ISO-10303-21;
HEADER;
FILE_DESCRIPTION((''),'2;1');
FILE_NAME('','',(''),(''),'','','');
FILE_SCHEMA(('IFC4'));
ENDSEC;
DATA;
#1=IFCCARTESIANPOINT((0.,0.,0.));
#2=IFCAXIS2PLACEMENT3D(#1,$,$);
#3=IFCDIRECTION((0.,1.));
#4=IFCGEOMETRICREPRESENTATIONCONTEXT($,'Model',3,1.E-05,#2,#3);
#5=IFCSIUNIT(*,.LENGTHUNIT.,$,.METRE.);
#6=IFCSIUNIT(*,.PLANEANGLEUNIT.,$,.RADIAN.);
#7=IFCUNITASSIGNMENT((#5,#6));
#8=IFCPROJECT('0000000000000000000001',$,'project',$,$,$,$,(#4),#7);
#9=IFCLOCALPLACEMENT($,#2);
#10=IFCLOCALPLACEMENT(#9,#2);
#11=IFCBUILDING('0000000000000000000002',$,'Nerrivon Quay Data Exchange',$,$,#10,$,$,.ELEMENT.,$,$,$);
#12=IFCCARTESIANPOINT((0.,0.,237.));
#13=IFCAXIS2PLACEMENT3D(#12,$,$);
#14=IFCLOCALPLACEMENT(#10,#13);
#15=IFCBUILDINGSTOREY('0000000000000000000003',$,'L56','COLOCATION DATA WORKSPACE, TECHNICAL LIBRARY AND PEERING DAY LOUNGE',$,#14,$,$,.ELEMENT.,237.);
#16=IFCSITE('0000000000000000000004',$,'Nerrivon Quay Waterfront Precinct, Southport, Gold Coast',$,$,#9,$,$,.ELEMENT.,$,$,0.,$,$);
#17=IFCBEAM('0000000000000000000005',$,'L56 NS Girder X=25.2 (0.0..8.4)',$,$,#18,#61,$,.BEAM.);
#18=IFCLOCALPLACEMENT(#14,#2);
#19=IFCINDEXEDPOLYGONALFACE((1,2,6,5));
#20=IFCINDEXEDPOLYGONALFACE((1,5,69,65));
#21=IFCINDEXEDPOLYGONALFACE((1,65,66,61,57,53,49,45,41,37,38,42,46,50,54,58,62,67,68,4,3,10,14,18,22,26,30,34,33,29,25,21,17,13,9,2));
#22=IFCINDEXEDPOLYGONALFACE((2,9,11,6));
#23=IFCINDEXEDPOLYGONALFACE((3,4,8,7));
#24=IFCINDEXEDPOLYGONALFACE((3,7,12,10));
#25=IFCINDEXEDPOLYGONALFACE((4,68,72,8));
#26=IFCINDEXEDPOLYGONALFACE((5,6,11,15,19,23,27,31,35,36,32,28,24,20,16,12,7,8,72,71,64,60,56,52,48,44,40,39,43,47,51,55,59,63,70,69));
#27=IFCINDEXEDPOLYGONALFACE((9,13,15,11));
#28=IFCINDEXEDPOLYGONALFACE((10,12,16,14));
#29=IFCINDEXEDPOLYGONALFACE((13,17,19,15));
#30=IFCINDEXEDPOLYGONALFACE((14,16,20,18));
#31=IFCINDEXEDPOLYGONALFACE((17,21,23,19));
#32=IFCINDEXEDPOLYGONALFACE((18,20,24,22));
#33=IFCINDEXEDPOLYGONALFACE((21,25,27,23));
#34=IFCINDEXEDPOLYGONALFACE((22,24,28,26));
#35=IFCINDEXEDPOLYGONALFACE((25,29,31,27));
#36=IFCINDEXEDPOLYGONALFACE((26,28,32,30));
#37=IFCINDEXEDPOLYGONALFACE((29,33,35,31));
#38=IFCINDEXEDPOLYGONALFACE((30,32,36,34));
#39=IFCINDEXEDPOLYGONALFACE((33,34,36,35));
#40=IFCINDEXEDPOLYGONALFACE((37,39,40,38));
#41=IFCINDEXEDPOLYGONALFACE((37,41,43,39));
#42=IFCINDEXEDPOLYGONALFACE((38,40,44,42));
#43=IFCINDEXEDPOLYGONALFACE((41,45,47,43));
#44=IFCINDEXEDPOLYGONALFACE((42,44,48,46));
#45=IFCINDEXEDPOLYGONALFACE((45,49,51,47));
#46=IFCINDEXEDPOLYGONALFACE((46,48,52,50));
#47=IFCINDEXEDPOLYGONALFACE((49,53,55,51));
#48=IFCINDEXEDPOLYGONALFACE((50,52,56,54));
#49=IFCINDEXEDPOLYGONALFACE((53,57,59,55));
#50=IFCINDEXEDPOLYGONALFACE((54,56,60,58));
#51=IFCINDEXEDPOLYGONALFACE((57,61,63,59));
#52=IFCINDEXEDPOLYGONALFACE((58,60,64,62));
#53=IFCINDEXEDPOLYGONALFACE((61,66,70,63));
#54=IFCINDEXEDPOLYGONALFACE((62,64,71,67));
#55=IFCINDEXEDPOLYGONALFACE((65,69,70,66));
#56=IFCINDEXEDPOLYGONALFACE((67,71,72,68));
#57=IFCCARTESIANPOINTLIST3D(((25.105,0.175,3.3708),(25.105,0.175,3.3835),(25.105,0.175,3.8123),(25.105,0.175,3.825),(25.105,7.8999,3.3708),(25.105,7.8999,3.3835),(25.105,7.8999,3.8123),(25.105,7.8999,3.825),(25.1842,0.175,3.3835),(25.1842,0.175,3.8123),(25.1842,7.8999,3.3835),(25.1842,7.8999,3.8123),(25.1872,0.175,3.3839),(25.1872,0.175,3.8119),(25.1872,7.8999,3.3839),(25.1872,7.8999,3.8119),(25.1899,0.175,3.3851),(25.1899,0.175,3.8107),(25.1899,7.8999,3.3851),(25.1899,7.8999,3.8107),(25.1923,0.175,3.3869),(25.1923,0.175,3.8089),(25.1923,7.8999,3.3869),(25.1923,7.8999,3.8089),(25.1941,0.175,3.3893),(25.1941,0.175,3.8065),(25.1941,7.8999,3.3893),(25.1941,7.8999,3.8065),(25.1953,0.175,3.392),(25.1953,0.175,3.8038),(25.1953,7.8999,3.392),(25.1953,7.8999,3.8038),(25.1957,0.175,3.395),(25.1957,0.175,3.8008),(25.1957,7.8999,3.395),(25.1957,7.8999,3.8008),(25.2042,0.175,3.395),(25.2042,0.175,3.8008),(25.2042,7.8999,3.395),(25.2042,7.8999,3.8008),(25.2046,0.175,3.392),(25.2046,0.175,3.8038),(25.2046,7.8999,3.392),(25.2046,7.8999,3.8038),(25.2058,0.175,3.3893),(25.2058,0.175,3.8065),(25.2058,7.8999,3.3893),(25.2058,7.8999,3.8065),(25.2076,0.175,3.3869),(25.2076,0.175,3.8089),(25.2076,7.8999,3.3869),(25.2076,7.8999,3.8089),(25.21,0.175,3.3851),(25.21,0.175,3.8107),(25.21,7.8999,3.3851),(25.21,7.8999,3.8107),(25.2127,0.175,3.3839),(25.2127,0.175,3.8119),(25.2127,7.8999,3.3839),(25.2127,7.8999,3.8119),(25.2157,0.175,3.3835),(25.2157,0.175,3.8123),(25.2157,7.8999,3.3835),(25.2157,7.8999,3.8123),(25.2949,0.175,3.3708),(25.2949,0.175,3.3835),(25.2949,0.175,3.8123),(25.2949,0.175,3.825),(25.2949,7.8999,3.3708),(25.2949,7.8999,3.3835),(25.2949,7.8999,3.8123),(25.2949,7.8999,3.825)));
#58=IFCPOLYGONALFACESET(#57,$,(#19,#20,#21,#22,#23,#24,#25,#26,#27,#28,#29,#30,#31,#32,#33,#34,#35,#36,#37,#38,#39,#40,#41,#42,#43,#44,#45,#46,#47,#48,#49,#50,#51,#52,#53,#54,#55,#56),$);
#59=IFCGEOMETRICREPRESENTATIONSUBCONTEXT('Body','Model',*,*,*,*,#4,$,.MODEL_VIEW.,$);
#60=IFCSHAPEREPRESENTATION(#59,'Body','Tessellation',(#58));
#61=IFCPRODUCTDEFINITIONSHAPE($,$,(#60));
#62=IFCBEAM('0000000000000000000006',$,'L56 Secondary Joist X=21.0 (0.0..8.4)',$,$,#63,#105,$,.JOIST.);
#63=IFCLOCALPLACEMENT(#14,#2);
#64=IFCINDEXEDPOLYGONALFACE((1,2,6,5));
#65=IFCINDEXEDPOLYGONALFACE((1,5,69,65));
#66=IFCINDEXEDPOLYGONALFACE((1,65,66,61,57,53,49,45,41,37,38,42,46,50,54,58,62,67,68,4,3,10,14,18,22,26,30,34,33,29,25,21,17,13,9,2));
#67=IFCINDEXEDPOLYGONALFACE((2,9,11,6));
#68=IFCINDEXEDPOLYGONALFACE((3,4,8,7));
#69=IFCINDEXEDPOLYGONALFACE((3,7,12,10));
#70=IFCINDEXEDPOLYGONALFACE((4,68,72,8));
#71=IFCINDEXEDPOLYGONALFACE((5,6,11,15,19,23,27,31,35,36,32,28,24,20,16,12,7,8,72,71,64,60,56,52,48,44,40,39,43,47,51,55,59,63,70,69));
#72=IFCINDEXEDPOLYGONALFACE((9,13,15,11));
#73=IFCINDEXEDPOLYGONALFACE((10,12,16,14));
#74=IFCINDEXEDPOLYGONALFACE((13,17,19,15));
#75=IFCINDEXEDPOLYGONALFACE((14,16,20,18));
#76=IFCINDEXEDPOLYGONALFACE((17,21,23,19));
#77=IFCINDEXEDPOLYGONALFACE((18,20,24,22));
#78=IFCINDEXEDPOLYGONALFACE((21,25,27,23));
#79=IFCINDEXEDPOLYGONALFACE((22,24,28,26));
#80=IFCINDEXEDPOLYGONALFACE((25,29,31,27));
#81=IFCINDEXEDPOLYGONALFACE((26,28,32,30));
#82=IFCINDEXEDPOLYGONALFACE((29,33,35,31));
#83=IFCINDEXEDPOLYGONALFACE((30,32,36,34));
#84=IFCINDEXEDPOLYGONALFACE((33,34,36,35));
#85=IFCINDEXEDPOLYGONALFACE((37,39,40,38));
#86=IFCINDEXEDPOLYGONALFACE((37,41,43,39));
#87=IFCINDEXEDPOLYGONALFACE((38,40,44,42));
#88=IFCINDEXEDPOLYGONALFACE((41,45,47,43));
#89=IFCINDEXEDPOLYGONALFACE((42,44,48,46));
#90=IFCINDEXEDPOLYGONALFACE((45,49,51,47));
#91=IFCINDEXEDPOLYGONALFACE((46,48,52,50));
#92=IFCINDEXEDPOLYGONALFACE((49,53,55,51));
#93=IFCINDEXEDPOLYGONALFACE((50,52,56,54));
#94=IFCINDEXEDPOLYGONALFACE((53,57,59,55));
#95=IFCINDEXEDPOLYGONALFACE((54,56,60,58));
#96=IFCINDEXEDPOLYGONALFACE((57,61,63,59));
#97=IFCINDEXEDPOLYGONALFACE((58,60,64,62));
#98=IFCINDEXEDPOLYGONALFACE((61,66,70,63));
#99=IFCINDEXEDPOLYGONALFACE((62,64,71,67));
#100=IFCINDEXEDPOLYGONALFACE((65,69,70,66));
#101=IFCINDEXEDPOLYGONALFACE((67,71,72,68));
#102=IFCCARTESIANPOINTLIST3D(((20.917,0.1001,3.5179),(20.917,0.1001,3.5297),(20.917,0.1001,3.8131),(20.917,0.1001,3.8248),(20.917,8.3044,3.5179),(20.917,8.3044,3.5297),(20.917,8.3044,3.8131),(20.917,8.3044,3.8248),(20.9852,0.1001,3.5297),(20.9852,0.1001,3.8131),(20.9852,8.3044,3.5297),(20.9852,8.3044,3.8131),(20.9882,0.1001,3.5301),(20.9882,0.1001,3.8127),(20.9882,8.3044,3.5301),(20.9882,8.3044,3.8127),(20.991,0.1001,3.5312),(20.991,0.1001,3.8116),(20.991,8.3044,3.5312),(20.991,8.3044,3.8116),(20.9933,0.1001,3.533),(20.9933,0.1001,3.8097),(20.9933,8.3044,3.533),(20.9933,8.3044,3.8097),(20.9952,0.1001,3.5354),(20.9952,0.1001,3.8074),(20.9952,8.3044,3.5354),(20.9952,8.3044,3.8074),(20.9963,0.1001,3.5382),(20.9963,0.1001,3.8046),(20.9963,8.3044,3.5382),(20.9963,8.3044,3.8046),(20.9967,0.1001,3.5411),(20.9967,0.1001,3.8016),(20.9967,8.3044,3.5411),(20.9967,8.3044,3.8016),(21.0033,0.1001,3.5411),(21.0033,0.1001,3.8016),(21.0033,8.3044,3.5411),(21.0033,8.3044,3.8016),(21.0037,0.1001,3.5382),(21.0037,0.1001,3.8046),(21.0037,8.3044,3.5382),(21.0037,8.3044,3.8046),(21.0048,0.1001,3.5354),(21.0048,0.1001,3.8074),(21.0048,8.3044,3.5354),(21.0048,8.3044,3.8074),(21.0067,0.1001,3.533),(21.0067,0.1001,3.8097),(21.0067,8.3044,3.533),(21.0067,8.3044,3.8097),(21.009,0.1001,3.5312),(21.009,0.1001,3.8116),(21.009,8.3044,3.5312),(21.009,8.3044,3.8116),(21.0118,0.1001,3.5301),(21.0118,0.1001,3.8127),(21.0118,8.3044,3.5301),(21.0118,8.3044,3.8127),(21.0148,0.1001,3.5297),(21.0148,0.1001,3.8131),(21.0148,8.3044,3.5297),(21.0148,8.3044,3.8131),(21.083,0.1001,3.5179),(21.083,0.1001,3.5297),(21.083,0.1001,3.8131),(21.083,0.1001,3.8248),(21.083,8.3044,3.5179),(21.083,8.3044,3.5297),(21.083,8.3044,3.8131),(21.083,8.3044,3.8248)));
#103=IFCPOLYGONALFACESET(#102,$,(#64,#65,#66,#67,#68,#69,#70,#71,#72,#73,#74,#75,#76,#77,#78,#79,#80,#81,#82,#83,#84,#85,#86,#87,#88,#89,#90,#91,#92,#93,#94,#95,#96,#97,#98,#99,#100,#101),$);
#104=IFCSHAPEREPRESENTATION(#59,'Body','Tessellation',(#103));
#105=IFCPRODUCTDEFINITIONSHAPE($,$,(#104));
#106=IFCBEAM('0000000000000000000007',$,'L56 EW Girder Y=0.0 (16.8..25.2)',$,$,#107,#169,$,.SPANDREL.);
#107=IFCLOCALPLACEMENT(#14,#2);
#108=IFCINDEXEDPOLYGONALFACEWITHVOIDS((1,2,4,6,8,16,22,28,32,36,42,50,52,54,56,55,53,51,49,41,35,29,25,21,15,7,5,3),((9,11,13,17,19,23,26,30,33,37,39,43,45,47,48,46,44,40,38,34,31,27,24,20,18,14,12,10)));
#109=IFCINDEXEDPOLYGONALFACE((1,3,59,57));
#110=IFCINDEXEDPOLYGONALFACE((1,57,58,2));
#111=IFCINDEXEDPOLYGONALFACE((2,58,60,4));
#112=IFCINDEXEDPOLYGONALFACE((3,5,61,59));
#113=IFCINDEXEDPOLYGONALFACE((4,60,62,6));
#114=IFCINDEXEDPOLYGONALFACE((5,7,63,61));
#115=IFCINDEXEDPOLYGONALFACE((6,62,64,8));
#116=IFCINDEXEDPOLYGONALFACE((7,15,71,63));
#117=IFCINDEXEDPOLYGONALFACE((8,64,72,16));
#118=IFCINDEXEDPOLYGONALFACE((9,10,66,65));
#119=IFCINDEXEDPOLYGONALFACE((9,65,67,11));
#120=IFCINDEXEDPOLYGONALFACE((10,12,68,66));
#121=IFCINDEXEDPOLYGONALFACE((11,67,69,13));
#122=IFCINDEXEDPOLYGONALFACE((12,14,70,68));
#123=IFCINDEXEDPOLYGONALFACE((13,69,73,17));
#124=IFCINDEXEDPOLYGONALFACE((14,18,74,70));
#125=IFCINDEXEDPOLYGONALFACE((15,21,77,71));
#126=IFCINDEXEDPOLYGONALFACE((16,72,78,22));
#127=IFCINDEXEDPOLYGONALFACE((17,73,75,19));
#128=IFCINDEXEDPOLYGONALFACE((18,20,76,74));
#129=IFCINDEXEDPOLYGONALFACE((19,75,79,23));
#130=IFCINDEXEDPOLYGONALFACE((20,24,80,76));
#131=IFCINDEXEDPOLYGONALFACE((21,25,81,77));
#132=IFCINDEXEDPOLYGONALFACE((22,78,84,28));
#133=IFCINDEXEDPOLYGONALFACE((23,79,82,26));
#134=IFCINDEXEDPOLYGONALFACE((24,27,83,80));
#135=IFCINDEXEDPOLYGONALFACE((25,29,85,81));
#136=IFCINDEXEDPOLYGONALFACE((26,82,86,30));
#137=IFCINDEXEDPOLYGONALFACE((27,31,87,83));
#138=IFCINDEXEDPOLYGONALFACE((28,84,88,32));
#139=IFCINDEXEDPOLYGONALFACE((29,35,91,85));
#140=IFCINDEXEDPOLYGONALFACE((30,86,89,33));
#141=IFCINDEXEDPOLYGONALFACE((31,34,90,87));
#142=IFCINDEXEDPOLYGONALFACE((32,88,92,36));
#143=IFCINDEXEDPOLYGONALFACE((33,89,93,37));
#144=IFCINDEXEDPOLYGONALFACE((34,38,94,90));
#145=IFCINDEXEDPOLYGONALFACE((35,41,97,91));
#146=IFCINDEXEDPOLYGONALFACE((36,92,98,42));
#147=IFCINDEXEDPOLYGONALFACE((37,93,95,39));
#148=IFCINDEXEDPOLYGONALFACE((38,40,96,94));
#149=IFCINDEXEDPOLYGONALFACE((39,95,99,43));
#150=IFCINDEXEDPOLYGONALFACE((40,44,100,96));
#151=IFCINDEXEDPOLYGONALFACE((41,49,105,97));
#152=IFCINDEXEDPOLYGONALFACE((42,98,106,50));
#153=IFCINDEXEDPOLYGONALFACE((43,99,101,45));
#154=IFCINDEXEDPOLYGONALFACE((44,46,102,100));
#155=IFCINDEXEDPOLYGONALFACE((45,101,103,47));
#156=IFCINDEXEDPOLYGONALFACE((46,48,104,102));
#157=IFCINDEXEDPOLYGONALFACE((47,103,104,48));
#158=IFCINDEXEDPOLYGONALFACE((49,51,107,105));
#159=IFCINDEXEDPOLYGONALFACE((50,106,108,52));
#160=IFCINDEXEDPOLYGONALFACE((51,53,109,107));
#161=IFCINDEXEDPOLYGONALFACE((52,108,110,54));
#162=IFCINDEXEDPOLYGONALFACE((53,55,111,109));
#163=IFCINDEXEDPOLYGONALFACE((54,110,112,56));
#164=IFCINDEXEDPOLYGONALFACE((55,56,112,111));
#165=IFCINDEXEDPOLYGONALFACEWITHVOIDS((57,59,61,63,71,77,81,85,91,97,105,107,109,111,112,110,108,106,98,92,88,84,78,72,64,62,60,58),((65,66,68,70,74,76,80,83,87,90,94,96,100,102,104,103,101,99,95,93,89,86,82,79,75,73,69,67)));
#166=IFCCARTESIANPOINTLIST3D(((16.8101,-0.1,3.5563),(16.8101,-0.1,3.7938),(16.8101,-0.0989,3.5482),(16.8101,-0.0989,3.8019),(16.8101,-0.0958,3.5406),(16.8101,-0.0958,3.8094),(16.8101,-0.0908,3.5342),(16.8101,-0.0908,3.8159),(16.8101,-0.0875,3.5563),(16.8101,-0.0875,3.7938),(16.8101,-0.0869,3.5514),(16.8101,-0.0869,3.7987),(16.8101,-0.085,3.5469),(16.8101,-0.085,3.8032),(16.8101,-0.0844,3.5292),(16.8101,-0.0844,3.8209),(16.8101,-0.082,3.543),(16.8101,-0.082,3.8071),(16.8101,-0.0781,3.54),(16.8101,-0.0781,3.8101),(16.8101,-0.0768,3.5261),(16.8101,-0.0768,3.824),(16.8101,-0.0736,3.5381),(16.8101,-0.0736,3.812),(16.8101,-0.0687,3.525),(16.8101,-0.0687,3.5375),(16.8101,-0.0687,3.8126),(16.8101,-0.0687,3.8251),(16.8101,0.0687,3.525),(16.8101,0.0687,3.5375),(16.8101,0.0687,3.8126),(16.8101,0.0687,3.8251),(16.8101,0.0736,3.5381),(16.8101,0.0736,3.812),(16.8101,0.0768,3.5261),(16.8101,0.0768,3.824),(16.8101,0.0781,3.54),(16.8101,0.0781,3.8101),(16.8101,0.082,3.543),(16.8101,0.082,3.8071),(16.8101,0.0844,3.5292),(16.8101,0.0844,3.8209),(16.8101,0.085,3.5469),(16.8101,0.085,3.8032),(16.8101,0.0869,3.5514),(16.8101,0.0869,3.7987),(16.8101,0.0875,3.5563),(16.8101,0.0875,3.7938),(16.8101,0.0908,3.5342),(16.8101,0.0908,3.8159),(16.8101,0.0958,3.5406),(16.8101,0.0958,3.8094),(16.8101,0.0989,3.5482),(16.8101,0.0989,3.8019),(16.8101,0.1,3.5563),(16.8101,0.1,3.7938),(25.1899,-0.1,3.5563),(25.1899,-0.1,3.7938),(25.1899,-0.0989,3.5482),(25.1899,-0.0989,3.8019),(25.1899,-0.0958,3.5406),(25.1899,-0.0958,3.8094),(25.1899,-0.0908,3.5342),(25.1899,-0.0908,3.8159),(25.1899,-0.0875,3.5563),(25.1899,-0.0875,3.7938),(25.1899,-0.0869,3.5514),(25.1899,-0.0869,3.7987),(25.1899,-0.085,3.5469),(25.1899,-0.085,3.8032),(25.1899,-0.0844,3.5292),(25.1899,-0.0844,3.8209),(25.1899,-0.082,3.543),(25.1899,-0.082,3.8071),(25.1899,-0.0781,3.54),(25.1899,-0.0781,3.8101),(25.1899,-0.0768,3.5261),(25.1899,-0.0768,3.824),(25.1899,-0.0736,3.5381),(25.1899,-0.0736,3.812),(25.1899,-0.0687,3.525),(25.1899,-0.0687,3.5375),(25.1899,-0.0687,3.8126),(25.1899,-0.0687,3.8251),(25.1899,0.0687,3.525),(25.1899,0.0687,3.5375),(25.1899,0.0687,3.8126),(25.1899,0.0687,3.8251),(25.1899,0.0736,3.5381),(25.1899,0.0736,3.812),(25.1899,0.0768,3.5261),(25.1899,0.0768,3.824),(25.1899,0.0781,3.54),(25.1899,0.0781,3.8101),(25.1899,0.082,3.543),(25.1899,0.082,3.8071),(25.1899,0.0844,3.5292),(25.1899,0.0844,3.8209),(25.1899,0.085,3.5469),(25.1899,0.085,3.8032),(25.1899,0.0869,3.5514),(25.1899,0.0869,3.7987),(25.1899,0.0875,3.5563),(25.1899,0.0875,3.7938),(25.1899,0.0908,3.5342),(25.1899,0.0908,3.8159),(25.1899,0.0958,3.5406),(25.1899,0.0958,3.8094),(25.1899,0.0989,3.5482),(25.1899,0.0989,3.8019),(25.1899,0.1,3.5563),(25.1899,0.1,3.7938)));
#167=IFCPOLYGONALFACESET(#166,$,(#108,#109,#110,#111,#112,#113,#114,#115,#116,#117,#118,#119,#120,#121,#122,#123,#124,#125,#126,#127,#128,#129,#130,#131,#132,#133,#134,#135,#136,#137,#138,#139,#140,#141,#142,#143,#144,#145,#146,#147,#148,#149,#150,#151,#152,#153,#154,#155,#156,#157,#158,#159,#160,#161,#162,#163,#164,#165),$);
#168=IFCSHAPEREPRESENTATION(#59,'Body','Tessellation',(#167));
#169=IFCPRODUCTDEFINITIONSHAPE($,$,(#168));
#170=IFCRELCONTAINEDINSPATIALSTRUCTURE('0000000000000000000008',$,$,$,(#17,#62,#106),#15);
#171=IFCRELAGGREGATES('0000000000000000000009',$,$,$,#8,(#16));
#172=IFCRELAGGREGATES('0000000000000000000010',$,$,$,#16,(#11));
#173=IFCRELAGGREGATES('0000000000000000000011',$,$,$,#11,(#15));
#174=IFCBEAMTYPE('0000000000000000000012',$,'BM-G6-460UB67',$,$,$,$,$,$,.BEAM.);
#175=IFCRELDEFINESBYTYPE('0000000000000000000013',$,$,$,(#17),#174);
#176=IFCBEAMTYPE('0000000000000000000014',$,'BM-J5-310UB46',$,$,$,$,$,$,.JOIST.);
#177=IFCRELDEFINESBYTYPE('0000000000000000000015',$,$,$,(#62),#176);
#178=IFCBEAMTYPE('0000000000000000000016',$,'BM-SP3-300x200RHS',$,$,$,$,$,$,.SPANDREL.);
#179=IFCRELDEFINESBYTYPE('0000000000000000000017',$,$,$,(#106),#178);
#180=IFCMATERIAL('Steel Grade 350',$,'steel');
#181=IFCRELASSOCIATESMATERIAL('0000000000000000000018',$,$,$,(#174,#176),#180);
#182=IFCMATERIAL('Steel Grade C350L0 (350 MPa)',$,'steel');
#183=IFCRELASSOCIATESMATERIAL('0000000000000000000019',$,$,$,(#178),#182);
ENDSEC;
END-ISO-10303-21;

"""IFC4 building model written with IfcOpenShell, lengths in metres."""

from ifc_helpers import new_model, si_unit, direction, frame, origin, origin_2d, place, context, subcontext, project, spatial, hollow_rectangle, i_section, extrude, material, material_profile, profile_set, type_object, element, save


model = new_model("IFC4")

# Units and contexts
model_context = context("Model", 3, precision=1e-05, world=origin(), true_north=direction((0.0, 1.0)))
body_context = subcontext(model_context, "Body", "Model", "MODEL_VIEW")
ifc_project = project(units=[si_unit("LENGTHUNIT", "METRE"), si_unit("PLANEANGLEUNIT", "RADIAN")], contexts=[model_context])

# Site, building, storey
site_placement = place(None, origin())
site = spatial("IfcSite", under=ifc_project, at=site_placement, Name="Nerrivon Quay Waterfront Precinct, Southport, Gold Coast", CompositionType="ELEMENT", RefElevation=0.0)
building_placement = place(site_placement, origin())
building = spatial("IfcBuilding", under=site, at=building_placement, Name="Nerrivon Quay Data Exchange", CompositionType="ELEMENT")
storey_placement = place(building_placement, frame((0.0, 0.0, 237.0)))
storey = spatial("IfcBuildingStorey", under=building, at=storey_placement, Name="L56", Description="COLOCATION DATA WORKSPACE, TECHNICAL LIBRARY AND PEERING DAY LOUNGE", CompositionType="ELEMENT", Elevation=237.0)

# Shared definitions
ifc_material_1 = material(Name="Steel Grade 350", Category="steel")

# Beams
ifc_material_profile_1 = material_profile(ifc_material_1, i_section(OverallWidth=0.1899, OverallDepth=0.4541, WebThickness=0.0085, FlangeThickness=0.0127, FilletRadius=0.0115, at=origin_2d()), Name="460UB67.1")
ifc_profile_set_1 = profile_set([ifc_material_profile_1], Name="Steel Grade 350")
beam_type_1 = type_object("IfcBeamType", Name="BM-G6-460UB67", PredefinedType="BEAM", material=ifc_profile_set_1)
for number, where, z_axis, x_axis, name in (
    (1, (25.2, 0.175, 3.5979), (0.0, 1.0, 0.0), (-1.0, 0.0, 0.0), "L56 NS Girder X=25.2 (0.0..8.4)"),
):
    element("IfcBeam", number, at=place(storey_placement, frame(where, z_axis=z_axis, x_axis=x_axis)), inside=storey, type_object=beam_type_1, Name=name, PredefinedType="BEAM", context=body_context, shape_type="SweptSolid", body=[
        extrude(i_section(OverallWidth=0.1899, OverallDepth=0.4541, WebThickness=0.0085, FlangeThickness=0.0127, FilletRadius=0.0115, at=origin_2d()), origin(), (0.0, 0.0, 1.0), 7.7249),
    ])
ifc_material_profile_2 = material_profile(ifc_material_1, i_section(OverallWidth=0.166, OverallDepth=0.3069, WebThickness=0.0066, FlangeThickness=0.0117, FilletRadius=0.0115, at=origin_2d()), Name="310UB46.2")
ifc_profile_set_2 = profile_set([ifc_material_profile_2], Name="Steel Grade 350")
beam_type_2 = type_object("IfcBeamType", Name="BM-J5-310UB46", PredefinedType="JOIST", material=ifc_profile_set_2)
beam_1_placement = place(storey_placement, frame((21.0, 0.1001, 3.6714), z_axis=(0.0, 1.0, 0.0), x_axis=(-1.0, 0.0, 0.0)))
element("IfcBeam", 2, at=beam_1_placement, inside=storey, type_object=beam_type_2, Name="L56 Secondary Joist X=21.0 (0.0..8.4)", PredefinedType="JOIST", context=body_context, shape_type="SweptSolid", body=[
    extrude(i_section(OverallWidth=0.166, OverallDepth=0.3069, WebThickness=0.0066, FlangeThickness=0.0117, FilletRadius=0.0115, at=origin_2d()), origin(), (0.0, 0.0, 1.0), 8.2043),
])
ifc_material_2 = material(Name="Steel Grade C350L0 (350 MPa)", Category="steel")
ifc_material_profile_3 = material_profile(ifc_material_2, hollow_rectangle(XDim=0.2, YDim=0.3, WallThickness=0.0125, InnerFilletRadius=0.0188, OuterFilletRadius=0.0312, at=origin_2d()), Name="300x200x12.5RHS")
ifc_profile_set_3 = profile_set([ifc_material_profile_3], Name="Steel Grade C350L0 (350 MPa)")
beam_type_3 = type_object("IfcBeamType", Name="BM-SP3-300x200RHS", PredefinedType="SPANDREL", material=ifc_profile_set_3)
beam_2_placement = place(storey_placement, frame((16.8101, 0.0, 3.675), z_axis=(1.0, 0.0, 0.0), x_axis=(0.0, 1.0, 0.0)))
element("IfcBeam", 3, at=beam_2_placement, inside=storey, type_object=beam_type_3, Name="L56 EW Girder Y=0.0 (16.8..25.2)", PredefinedType="SPANDREL", context=body_context, shape_type="SweptSolid", body=[
    extrude(hollow_rectangle(XDim=0.2, YDim=0.3, WallThickness=0.0125, InnerFilletRadius=0.0188, OuterFilletRadius=0.0312, at=origin_2d()), origin(), (0.0, 0.0, 1.0), 8.3799),
])

save(model, "model.ifc")
